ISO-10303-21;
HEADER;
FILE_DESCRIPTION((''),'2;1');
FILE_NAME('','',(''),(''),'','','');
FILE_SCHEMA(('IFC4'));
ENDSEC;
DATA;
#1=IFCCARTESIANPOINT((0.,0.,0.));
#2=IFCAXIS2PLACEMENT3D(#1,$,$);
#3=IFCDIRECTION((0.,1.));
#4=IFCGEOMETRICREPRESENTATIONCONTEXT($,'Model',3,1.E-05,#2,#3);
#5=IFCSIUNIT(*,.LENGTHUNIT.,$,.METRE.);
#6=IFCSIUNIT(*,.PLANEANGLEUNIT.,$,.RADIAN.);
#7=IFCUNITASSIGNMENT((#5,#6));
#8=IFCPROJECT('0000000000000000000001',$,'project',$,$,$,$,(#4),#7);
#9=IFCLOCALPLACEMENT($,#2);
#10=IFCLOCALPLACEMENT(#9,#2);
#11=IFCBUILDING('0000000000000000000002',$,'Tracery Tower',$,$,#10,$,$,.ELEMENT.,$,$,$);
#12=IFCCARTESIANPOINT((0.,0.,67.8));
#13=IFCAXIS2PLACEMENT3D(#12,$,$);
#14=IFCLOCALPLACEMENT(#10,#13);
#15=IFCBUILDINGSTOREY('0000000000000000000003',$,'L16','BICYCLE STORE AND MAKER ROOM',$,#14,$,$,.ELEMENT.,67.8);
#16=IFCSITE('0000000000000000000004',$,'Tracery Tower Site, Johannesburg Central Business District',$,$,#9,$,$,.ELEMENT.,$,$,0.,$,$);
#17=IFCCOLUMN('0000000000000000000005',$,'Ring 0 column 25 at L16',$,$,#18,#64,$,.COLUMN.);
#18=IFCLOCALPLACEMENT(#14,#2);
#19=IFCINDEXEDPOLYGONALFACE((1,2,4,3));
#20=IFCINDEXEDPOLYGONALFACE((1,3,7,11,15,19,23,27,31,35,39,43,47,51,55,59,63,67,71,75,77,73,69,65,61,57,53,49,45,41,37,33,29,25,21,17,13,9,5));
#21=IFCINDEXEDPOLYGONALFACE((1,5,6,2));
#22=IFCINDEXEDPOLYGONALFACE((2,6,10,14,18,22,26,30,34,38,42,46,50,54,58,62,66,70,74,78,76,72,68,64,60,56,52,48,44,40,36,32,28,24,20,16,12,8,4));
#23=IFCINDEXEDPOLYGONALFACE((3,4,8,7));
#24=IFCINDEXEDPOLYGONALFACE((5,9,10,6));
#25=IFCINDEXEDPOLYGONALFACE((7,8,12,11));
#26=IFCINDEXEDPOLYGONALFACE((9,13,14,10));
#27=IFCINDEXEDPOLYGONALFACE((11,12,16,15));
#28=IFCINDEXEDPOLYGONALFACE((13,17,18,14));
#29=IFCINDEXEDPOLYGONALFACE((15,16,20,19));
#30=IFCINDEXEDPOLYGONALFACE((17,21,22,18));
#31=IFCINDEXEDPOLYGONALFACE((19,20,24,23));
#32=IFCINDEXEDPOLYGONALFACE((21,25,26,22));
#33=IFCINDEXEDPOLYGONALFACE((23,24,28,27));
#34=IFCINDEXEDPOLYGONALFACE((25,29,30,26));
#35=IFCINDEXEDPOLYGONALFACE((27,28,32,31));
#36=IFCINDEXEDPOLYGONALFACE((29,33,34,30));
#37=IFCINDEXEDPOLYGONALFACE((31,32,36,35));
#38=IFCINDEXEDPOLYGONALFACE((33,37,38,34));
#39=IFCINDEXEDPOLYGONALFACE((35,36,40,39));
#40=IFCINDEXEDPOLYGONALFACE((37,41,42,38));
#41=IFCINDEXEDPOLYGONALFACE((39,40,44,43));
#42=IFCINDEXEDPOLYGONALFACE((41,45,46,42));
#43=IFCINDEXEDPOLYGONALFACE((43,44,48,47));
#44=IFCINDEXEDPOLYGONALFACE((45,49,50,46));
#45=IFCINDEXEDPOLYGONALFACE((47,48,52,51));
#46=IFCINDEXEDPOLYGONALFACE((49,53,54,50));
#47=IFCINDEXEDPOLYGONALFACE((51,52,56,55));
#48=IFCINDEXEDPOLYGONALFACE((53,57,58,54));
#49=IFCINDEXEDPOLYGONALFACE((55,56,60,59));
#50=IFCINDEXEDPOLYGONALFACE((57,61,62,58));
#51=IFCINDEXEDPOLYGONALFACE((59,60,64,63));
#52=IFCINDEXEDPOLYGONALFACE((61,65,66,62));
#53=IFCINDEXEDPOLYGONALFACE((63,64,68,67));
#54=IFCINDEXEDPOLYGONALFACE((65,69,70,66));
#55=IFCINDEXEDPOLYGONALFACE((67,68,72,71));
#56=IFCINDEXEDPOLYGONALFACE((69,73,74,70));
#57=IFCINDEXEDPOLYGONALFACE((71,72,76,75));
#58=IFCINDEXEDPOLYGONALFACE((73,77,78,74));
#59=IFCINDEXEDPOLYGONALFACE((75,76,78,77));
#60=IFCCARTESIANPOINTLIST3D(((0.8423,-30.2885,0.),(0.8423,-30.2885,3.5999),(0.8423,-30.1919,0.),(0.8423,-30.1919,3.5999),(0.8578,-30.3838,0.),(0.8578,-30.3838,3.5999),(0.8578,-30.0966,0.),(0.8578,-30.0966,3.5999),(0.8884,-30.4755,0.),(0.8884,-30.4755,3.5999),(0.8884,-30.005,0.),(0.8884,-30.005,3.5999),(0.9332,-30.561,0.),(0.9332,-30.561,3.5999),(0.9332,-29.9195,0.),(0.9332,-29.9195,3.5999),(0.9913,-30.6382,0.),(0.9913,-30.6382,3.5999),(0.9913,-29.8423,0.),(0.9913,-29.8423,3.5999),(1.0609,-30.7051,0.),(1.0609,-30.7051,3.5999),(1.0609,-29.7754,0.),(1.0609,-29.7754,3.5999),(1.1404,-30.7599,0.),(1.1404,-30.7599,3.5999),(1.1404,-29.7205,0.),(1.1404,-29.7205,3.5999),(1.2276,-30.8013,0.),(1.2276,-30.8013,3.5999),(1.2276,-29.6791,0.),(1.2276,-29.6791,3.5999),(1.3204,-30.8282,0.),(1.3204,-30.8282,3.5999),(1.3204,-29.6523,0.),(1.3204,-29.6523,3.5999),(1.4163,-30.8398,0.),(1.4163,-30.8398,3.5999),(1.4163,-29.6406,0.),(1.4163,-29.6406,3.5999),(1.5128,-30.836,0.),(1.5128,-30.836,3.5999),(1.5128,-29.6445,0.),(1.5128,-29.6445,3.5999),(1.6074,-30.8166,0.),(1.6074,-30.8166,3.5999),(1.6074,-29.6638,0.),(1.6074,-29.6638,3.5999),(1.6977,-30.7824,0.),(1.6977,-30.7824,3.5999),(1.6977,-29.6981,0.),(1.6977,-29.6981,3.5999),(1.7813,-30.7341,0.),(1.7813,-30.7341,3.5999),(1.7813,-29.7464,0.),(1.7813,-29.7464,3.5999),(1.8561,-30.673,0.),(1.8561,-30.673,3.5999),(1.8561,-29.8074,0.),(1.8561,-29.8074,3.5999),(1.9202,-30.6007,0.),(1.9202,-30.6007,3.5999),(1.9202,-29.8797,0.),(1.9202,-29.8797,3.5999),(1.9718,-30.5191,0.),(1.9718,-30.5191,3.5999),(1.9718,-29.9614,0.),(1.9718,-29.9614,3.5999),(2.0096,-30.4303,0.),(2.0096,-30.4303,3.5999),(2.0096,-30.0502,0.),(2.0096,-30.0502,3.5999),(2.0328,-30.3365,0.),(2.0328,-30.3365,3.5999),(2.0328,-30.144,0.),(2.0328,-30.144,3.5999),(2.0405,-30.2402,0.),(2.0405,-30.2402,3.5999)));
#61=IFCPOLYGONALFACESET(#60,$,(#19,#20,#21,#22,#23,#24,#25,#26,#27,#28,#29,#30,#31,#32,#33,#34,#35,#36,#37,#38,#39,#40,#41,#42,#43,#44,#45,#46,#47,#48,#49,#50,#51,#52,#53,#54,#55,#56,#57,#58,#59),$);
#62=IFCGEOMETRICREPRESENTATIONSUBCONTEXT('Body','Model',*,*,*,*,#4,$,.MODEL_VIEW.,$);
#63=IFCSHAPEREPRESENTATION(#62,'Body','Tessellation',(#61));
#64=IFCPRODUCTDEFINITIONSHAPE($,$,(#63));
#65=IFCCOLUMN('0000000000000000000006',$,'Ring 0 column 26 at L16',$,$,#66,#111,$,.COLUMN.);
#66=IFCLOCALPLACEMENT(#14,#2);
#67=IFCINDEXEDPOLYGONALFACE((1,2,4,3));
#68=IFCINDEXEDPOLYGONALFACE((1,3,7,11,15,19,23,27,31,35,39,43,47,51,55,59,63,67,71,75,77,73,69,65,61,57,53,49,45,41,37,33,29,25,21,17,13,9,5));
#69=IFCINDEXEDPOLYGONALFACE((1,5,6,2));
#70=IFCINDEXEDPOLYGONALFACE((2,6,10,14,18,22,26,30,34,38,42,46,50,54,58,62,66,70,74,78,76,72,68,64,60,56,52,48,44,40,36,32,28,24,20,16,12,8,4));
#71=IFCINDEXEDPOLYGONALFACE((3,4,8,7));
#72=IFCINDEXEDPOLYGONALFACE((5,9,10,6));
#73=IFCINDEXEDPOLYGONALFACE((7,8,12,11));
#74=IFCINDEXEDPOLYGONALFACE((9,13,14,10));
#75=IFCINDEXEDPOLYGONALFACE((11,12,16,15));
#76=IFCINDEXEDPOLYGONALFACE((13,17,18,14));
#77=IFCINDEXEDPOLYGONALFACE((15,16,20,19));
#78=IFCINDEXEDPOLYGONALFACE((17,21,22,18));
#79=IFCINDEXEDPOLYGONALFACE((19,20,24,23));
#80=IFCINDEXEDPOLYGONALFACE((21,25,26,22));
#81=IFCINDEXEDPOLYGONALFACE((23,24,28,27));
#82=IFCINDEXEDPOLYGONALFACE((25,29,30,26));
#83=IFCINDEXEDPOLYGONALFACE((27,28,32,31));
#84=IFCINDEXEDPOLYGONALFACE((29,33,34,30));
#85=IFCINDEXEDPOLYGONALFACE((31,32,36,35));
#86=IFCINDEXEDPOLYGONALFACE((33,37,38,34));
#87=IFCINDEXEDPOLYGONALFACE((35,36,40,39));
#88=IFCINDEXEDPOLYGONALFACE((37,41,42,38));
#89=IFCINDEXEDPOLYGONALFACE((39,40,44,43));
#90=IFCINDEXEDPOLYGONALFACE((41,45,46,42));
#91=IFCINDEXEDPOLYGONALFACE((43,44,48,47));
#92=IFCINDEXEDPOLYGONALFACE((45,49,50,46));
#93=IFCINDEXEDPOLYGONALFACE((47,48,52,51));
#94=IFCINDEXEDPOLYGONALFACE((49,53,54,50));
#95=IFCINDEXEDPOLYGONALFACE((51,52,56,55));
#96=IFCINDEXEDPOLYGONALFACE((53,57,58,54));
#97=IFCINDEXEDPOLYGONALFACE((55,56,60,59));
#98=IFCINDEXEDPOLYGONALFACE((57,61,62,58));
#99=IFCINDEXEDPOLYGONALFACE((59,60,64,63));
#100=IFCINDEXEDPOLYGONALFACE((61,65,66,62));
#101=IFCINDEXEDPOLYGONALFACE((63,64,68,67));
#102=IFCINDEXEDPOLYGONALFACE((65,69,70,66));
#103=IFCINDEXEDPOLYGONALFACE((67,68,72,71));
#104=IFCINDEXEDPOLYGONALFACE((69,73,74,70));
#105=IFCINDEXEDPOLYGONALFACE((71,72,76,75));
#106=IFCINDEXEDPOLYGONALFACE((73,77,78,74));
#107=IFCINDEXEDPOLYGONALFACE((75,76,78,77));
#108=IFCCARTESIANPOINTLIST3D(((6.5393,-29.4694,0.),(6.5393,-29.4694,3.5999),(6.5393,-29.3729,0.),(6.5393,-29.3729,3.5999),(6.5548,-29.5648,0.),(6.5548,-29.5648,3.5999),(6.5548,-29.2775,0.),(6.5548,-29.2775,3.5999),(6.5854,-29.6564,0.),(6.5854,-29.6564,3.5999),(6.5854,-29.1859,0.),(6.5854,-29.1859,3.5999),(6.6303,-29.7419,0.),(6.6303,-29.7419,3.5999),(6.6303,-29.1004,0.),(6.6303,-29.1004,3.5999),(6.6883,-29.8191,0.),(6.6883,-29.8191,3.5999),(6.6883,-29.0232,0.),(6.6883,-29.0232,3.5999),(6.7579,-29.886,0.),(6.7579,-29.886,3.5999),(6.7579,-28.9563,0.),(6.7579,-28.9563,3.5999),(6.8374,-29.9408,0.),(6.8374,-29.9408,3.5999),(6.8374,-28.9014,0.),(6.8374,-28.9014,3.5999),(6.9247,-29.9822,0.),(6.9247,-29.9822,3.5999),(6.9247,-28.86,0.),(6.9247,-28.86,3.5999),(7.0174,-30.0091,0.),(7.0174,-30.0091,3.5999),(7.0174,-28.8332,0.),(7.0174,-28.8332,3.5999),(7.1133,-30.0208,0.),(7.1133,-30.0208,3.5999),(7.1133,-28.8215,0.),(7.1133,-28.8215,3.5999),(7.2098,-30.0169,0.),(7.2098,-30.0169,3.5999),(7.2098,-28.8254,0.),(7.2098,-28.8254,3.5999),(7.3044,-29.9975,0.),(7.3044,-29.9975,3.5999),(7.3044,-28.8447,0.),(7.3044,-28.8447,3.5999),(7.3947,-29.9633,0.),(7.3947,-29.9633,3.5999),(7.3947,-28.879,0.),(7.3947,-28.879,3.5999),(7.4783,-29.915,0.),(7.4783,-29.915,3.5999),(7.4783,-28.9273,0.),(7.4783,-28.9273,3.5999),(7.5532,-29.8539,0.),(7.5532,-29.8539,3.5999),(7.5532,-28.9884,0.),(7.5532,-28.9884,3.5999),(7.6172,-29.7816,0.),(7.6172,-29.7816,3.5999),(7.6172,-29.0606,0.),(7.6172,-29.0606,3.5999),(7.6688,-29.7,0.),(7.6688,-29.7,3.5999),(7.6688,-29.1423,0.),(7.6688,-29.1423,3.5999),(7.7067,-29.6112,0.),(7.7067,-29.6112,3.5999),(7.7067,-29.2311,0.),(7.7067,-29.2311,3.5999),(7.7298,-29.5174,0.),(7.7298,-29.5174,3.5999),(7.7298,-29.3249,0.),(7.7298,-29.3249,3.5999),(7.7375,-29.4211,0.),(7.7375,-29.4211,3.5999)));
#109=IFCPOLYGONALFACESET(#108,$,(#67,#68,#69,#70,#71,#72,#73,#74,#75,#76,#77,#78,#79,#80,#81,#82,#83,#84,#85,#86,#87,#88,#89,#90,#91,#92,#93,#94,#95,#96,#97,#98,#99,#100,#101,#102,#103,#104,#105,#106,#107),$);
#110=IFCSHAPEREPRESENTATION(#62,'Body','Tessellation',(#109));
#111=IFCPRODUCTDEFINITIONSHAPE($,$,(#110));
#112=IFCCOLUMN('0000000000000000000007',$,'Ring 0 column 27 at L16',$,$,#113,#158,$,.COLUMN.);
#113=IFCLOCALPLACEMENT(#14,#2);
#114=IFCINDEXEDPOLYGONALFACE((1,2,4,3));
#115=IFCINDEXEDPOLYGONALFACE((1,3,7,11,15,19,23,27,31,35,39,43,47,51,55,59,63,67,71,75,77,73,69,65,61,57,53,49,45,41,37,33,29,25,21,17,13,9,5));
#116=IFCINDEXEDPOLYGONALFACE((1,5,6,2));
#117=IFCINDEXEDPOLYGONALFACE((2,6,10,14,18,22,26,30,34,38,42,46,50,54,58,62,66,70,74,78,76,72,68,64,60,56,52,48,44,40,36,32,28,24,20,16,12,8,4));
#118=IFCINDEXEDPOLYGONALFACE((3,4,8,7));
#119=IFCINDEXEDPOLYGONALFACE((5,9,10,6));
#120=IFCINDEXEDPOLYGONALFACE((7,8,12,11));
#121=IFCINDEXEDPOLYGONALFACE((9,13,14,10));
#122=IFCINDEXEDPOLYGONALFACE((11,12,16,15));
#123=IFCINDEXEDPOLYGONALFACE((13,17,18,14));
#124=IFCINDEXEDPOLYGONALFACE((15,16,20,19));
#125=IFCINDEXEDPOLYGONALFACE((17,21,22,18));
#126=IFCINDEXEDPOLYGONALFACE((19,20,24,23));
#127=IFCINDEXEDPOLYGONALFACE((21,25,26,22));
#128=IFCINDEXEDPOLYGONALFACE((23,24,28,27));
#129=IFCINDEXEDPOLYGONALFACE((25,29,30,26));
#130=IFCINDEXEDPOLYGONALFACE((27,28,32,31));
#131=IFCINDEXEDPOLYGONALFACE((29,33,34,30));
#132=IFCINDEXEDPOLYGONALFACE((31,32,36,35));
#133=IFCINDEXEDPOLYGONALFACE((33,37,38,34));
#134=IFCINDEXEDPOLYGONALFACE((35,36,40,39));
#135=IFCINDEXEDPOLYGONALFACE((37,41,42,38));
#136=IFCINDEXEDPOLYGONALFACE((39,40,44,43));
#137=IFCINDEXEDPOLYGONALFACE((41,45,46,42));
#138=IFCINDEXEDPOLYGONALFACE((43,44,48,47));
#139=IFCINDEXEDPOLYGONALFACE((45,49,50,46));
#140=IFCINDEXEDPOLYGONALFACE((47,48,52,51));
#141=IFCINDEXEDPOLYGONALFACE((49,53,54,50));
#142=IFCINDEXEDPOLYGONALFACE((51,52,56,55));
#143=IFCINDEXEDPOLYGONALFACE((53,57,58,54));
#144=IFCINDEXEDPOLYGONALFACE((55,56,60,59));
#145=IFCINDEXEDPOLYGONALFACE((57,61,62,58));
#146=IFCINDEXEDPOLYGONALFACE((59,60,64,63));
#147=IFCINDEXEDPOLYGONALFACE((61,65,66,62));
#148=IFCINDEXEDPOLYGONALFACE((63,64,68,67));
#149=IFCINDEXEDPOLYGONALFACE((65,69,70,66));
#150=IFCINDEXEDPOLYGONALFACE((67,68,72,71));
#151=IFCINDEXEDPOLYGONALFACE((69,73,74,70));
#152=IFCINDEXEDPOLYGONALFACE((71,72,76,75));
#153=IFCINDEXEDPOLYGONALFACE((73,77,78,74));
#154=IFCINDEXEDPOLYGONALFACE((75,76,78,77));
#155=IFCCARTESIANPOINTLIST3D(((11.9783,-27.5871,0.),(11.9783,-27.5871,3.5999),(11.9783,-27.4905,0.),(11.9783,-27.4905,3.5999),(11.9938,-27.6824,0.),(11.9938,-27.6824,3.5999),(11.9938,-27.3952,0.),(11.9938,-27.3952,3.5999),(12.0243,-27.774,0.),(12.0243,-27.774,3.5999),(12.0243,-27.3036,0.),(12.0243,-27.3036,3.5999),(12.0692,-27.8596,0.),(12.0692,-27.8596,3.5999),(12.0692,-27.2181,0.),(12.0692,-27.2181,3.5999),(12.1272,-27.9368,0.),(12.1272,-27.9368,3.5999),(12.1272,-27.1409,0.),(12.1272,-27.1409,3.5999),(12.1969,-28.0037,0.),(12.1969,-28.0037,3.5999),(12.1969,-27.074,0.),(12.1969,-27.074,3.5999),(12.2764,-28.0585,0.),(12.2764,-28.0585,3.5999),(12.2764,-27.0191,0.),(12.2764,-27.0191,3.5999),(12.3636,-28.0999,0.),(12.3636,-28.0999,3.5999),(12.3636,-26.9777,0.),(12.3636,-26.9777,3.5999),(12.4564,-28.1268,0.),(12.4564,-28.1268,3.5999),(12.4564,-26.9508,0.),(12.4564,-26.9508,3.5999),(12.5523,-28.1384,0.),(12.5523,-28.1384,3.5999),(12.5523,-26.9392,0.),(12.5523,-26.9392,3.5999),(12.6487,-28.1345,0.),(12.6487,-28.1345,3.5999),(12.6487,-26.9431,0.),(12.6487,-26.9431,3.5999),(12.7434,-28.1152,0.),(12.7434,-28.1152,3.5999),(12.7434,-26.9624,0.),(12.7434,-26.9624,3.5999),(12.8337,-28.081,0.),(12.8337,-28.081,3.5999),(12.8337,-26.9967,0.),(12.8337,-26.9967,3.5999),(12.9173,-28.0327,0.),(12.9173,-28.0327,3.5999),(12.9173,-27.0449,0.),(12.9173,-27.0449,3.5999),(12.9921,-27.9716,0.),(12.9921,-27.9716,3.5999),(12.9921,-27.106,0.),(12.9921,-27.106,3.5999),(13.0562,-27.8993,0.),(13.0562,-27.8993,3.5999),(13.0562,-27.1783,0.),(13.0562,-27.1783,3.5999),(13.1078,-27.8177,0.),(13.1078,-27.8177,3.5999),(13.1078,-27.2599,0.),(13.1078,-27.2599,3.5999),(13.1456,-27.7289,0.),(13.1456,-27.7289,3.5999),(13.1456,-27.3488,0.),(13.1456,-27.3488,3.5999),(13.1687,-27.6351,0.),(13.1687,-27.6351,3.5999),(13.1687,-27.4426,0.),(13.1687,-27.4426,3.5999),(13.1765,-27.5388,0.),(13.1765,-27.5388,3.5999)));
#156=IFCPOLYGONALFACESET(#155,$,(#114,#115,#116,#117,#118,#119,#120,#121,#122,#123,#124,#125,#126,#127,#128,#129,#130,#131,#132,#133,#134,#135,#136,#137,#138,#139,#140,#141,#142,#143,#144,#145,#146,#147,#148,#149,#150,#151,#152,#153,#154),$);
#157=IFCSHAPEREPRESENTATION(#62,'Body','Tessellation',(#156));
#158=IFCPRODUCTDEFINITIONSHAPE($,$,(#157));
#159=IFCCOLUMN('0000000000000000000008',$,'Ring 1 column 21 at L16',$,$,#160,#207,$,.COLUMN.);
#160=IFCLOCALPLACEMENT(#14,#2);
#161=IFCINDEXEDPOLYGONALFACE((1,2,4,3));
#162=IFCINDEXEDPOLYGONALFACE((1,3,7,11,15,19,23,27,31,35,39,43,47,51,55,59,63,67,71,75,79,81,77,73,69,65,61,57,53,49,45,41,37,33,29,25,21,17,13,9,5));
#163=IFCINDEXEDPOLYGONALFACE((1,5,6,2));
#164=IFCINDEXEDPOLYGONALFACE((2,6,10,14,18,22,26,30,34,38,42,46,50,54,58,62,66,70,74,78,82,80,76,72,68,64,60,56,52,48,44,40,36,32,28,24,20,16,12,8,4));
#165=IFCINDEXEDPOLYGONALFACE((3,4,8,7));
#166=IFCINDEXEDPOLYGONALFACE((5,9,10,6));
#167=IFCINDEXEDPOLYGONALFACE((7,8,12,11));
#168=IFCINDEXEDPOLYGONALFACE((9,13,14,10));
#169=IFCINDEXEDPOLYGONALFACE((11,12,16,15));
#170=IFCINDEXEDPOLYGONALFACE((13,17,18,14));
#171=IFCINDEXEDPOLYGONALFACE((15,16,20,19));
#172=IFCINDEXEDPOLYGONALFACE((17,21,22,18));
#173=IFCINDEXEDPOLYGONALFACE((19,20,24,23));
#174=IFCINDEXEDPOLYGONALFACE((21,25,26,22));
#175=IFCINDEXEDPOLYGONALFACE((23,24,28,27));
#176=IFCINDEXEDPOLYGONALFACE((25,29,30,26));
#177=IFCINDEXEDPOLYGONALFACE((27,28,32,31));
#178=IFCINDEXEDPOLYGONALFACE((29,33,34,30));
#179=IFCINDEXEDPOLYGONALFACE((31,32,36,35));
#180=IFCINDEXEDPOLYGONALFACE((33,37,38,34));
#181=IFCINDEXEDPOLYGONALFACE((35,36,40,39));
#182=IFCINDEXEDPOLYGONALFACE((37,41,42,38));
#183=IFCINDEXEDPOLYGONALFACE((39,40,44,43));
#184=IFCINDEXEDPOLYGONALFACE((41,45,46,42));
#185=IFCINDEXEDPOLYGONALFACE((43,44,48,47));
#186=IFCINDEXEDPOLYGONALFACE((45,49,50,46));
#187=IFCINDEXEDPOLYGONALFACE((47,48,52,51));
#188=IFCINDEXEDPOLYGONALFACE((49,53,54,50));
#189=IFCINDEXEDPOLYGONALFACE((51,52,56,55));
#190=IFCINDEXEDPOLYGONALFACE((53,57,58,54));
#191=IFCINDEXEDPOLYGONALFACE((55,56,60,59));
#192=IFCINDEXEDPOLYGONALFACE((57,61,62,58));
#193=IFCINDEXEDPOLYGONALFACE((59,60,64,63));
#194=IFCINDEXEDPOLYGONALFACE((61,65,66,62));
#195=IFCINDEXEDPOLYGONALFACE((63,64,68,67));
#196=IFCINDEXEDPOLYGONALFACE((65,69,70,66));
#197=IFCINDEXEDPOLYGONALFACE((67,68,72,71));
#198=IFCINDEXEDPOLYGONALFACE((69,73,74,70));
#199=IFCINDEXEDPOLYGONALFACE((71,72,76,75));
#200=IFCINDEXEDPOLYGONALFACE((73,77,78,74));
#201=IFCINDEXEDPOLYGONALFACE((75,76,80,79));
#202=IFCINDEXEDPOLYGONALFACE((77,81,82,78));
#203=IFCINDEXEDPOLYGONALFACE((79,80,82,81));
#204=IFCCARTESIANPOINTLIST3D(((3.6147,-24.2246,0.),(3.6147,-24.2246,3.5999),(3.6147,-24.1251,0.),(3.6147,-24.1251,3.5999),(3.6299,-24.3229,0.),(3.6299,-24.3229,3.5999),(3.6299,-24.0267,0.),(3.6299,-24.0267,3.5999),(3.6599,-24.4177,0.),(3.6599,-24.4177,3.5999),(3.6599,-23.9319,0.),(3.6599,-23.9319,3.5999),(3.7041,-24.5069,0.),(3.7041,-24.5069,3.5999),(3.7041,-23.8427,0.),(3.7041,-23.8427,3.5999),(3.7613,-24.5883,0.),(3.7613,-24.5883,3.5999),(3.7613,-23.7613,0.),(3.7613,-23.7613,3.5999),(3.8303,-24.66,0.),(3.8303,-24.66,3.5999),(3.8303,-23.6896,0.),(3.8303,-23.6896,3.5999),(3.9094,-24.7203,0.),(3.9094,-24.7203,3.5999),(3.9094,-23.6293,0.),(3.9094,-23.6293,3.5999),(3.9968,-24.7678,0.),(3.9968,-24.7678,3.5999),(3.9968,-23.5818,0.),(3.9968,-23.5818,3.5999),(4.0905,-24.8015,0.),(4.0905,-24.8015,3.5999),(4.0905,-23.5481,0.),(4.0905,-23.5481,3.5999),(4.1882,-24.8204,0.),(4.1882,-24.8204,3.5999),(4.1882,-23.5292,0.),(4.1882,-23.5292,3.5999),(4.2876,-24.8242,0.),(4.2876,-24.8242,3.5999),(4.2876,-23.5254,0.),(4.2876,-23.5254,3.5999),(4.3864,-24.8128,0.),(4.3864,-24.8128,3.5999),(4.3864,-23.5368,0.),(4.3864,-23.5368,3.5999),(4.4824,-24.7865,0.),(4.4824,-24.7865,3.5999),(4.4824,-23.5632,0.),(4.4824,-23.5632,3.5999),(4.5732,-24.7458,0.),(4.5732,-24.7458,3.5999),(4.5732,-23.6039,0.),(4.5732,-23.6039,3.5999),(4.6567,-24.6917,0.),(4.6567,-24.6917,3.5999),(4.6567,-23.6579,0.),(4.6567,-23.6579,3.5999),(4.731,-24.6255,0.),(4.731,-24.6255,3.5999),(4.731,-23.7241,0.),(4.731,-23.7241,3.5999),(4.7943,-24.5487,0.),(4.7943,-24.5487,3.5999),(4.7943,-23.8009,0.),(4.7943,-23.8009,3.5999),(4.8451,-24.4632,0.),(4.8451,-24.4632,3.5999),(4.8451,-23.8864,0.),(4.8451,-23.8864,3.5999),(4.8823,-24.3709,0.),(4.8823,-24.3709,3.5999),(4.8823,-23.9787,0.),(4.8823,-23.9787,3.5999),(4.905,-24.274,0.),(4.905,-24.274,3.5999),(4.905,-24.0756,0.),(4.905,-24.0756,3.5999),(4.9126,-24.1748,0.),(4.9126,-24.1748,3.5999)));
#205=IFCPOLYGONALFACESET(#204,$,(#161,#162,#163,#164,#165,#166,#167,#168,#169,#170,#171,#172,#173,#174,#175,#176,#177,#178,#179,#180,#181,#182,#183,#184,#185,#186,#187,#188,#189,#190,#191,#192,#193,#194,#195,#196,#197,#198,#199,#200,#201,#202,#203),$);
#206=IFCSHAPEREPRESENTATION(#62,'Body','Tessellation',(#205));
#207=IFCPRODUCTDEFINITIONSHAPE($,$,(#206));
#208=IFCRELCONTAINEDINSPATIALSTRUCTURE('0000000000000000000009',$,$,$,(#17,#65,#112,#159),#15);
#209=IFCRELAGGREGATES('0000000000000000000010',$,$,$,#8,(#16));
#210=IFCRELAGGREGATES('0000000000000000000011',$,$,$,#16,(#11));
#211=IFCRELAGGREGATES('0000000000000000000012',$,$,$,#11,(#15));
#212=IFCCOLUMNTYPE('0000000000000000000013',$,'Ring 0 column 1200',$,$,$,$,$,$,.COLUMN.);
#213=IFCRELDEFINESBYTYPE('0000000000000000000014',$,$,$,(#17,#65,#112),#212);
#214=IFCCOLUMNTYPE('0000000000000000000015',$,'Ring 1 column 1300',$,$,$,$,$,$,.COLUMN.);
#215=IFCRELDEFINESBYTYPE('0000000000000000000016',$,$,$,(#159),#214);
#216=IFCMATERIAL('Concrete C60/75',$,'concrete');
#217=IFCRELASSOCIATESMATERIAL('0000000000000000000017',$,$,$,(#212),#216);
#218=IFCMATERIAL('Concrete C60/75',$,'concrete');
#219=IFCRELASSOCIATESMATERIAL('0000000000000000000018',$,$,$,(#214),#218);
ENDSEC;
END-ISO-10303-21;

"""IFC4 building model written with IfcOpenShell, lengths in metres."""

from ifc_helpers import new_model, si_unit, direction, frame, origin, origin_2d, place, context, subcontext, project, spatial, circle, extrude, material, material_profile, profile_set, type_object, element, save


model = new_model("IFC4")

# Units and contexts
model_context = context("Model", 3, precision=1e-05, world=origin(), true_north=direction((0.0, 1.0)))
body_context = subcontext(model_context, "Body", "Model", "MODEL_VIEW")
ifc_project = project(units=[si_unit("LENGTHUNIT", "METRE"), si_unit("PLANEANGLEUNIT", "RADIAN")], contexts=[model_context])

# Site, building, storey
site_placement = place(None, origin())
site = spatial("IfcSite", under=ifc_project, at=site_placement, Name="Tracery Tower Site, Johannesburg Central Business District", CompositionType="ELEMENT", RefElevation=0.0)
building_placement = place(site_placement, origin())
building = spatial("IfcBuilding", under=site, at=building_placement, Name="Tracery Tower", CompositionType="ELEMENT")
storey_placement = place(building_placement, frame((0.0, 0.0, 67.8)))
storey = spatial("IfcBuildingStorey", under=building, at=storey_placement, Name="L16", Description="BICYCLE STORE AND MAKER ROOM", CompositionType="ELEMENT", Elevation=67.8)

# Columns
ifc_material_1 = material(Name="Concrete C60/75", Category="concrete")
ifc_material_profile_1 = material_profile(ifc_material_1, circle(Radius=0.6001, at=origin_2d()), Name="RC D1200")
ifc_profile_set_1 = profile_set([ifc_material_profile_1], Name="Concrete C60/75")
column_type_1 = type_object("IfcColumnType", Name="Ring 0 column 1200", PredefinedType="COLUMN", material=ifc_profile_set_1)
for number, where, z_axis, x_axis, name in (
    (1, (1.4404, -30.2402, 0.0), (0.0, 0.0, 1.0), (1.0, 0.0, 0.0), "Ring 0 column 25 at L16"),
    (2, (7.1375, -29.4211, 0.0), (0.0, 0.0, 1.0), (1.0, 0.0, 0.0), "Ring 0 column 26 at L16"),
    (3, (12.5764, -27.5388, 0.0), (0.0, 0.0, 1.0), (1.0, 0.0, 0.0), "Ring 0 column 27 at L16"),
):
    element("IfcColumn", number, at=place(storey_placement, frame(where, z_axis=z_axis, x_axis=x_axis)), inside=storey, type_object=column_type_1, Name=name, PredefinedType="COLUMN", context=body_context, shape_type="SweptSolid", body=[
        extrude(circle(Radius=0.6001, at=origin_2d()), origin(), (0.0, 0.0, 1.0), 3.5999),
    ])
ifc_material_2 = material(Name="Concrete C60/75", Category="concrete")
ifc_material_profile_2 = material_profile(ifc_material_2, circle(Radius=0.6499, at=origin_2d()), Name="RC D1300")
ifc_profile_set_2 = profile_set([ifc_material_profile_2], Name="Concrete C60/75")
column_type_2 = type_object("IfcColumnType", Name="Ring 1 column 1300", PredefinedType="COLUMN", material=ifc_profile_set_2)
for number, where, z_axis, x_axis, name in (
    (4, (4.2627, -24.1748, 0.0), (0.0, 0.0, 1.0), (1.0, 0.0, 0.0), "Ring 1 column 21 at L16"),
):
    element("IfcColumn", number, at=place(storey_placement, frame(where, z_axis=z_axis, x_axis=x_axis)), inside=storey, type_object=column_type_2, Name=name, PredefinedType="COLUMN", context=body_context, shape_type="SweptSolid", body=[
        extrude(circle(Radius=0.6499, at=origin_2d()), origin(), (0.0, 0.0, 1.0), 3.5999),
    ])

save(model, "model.ifc")
